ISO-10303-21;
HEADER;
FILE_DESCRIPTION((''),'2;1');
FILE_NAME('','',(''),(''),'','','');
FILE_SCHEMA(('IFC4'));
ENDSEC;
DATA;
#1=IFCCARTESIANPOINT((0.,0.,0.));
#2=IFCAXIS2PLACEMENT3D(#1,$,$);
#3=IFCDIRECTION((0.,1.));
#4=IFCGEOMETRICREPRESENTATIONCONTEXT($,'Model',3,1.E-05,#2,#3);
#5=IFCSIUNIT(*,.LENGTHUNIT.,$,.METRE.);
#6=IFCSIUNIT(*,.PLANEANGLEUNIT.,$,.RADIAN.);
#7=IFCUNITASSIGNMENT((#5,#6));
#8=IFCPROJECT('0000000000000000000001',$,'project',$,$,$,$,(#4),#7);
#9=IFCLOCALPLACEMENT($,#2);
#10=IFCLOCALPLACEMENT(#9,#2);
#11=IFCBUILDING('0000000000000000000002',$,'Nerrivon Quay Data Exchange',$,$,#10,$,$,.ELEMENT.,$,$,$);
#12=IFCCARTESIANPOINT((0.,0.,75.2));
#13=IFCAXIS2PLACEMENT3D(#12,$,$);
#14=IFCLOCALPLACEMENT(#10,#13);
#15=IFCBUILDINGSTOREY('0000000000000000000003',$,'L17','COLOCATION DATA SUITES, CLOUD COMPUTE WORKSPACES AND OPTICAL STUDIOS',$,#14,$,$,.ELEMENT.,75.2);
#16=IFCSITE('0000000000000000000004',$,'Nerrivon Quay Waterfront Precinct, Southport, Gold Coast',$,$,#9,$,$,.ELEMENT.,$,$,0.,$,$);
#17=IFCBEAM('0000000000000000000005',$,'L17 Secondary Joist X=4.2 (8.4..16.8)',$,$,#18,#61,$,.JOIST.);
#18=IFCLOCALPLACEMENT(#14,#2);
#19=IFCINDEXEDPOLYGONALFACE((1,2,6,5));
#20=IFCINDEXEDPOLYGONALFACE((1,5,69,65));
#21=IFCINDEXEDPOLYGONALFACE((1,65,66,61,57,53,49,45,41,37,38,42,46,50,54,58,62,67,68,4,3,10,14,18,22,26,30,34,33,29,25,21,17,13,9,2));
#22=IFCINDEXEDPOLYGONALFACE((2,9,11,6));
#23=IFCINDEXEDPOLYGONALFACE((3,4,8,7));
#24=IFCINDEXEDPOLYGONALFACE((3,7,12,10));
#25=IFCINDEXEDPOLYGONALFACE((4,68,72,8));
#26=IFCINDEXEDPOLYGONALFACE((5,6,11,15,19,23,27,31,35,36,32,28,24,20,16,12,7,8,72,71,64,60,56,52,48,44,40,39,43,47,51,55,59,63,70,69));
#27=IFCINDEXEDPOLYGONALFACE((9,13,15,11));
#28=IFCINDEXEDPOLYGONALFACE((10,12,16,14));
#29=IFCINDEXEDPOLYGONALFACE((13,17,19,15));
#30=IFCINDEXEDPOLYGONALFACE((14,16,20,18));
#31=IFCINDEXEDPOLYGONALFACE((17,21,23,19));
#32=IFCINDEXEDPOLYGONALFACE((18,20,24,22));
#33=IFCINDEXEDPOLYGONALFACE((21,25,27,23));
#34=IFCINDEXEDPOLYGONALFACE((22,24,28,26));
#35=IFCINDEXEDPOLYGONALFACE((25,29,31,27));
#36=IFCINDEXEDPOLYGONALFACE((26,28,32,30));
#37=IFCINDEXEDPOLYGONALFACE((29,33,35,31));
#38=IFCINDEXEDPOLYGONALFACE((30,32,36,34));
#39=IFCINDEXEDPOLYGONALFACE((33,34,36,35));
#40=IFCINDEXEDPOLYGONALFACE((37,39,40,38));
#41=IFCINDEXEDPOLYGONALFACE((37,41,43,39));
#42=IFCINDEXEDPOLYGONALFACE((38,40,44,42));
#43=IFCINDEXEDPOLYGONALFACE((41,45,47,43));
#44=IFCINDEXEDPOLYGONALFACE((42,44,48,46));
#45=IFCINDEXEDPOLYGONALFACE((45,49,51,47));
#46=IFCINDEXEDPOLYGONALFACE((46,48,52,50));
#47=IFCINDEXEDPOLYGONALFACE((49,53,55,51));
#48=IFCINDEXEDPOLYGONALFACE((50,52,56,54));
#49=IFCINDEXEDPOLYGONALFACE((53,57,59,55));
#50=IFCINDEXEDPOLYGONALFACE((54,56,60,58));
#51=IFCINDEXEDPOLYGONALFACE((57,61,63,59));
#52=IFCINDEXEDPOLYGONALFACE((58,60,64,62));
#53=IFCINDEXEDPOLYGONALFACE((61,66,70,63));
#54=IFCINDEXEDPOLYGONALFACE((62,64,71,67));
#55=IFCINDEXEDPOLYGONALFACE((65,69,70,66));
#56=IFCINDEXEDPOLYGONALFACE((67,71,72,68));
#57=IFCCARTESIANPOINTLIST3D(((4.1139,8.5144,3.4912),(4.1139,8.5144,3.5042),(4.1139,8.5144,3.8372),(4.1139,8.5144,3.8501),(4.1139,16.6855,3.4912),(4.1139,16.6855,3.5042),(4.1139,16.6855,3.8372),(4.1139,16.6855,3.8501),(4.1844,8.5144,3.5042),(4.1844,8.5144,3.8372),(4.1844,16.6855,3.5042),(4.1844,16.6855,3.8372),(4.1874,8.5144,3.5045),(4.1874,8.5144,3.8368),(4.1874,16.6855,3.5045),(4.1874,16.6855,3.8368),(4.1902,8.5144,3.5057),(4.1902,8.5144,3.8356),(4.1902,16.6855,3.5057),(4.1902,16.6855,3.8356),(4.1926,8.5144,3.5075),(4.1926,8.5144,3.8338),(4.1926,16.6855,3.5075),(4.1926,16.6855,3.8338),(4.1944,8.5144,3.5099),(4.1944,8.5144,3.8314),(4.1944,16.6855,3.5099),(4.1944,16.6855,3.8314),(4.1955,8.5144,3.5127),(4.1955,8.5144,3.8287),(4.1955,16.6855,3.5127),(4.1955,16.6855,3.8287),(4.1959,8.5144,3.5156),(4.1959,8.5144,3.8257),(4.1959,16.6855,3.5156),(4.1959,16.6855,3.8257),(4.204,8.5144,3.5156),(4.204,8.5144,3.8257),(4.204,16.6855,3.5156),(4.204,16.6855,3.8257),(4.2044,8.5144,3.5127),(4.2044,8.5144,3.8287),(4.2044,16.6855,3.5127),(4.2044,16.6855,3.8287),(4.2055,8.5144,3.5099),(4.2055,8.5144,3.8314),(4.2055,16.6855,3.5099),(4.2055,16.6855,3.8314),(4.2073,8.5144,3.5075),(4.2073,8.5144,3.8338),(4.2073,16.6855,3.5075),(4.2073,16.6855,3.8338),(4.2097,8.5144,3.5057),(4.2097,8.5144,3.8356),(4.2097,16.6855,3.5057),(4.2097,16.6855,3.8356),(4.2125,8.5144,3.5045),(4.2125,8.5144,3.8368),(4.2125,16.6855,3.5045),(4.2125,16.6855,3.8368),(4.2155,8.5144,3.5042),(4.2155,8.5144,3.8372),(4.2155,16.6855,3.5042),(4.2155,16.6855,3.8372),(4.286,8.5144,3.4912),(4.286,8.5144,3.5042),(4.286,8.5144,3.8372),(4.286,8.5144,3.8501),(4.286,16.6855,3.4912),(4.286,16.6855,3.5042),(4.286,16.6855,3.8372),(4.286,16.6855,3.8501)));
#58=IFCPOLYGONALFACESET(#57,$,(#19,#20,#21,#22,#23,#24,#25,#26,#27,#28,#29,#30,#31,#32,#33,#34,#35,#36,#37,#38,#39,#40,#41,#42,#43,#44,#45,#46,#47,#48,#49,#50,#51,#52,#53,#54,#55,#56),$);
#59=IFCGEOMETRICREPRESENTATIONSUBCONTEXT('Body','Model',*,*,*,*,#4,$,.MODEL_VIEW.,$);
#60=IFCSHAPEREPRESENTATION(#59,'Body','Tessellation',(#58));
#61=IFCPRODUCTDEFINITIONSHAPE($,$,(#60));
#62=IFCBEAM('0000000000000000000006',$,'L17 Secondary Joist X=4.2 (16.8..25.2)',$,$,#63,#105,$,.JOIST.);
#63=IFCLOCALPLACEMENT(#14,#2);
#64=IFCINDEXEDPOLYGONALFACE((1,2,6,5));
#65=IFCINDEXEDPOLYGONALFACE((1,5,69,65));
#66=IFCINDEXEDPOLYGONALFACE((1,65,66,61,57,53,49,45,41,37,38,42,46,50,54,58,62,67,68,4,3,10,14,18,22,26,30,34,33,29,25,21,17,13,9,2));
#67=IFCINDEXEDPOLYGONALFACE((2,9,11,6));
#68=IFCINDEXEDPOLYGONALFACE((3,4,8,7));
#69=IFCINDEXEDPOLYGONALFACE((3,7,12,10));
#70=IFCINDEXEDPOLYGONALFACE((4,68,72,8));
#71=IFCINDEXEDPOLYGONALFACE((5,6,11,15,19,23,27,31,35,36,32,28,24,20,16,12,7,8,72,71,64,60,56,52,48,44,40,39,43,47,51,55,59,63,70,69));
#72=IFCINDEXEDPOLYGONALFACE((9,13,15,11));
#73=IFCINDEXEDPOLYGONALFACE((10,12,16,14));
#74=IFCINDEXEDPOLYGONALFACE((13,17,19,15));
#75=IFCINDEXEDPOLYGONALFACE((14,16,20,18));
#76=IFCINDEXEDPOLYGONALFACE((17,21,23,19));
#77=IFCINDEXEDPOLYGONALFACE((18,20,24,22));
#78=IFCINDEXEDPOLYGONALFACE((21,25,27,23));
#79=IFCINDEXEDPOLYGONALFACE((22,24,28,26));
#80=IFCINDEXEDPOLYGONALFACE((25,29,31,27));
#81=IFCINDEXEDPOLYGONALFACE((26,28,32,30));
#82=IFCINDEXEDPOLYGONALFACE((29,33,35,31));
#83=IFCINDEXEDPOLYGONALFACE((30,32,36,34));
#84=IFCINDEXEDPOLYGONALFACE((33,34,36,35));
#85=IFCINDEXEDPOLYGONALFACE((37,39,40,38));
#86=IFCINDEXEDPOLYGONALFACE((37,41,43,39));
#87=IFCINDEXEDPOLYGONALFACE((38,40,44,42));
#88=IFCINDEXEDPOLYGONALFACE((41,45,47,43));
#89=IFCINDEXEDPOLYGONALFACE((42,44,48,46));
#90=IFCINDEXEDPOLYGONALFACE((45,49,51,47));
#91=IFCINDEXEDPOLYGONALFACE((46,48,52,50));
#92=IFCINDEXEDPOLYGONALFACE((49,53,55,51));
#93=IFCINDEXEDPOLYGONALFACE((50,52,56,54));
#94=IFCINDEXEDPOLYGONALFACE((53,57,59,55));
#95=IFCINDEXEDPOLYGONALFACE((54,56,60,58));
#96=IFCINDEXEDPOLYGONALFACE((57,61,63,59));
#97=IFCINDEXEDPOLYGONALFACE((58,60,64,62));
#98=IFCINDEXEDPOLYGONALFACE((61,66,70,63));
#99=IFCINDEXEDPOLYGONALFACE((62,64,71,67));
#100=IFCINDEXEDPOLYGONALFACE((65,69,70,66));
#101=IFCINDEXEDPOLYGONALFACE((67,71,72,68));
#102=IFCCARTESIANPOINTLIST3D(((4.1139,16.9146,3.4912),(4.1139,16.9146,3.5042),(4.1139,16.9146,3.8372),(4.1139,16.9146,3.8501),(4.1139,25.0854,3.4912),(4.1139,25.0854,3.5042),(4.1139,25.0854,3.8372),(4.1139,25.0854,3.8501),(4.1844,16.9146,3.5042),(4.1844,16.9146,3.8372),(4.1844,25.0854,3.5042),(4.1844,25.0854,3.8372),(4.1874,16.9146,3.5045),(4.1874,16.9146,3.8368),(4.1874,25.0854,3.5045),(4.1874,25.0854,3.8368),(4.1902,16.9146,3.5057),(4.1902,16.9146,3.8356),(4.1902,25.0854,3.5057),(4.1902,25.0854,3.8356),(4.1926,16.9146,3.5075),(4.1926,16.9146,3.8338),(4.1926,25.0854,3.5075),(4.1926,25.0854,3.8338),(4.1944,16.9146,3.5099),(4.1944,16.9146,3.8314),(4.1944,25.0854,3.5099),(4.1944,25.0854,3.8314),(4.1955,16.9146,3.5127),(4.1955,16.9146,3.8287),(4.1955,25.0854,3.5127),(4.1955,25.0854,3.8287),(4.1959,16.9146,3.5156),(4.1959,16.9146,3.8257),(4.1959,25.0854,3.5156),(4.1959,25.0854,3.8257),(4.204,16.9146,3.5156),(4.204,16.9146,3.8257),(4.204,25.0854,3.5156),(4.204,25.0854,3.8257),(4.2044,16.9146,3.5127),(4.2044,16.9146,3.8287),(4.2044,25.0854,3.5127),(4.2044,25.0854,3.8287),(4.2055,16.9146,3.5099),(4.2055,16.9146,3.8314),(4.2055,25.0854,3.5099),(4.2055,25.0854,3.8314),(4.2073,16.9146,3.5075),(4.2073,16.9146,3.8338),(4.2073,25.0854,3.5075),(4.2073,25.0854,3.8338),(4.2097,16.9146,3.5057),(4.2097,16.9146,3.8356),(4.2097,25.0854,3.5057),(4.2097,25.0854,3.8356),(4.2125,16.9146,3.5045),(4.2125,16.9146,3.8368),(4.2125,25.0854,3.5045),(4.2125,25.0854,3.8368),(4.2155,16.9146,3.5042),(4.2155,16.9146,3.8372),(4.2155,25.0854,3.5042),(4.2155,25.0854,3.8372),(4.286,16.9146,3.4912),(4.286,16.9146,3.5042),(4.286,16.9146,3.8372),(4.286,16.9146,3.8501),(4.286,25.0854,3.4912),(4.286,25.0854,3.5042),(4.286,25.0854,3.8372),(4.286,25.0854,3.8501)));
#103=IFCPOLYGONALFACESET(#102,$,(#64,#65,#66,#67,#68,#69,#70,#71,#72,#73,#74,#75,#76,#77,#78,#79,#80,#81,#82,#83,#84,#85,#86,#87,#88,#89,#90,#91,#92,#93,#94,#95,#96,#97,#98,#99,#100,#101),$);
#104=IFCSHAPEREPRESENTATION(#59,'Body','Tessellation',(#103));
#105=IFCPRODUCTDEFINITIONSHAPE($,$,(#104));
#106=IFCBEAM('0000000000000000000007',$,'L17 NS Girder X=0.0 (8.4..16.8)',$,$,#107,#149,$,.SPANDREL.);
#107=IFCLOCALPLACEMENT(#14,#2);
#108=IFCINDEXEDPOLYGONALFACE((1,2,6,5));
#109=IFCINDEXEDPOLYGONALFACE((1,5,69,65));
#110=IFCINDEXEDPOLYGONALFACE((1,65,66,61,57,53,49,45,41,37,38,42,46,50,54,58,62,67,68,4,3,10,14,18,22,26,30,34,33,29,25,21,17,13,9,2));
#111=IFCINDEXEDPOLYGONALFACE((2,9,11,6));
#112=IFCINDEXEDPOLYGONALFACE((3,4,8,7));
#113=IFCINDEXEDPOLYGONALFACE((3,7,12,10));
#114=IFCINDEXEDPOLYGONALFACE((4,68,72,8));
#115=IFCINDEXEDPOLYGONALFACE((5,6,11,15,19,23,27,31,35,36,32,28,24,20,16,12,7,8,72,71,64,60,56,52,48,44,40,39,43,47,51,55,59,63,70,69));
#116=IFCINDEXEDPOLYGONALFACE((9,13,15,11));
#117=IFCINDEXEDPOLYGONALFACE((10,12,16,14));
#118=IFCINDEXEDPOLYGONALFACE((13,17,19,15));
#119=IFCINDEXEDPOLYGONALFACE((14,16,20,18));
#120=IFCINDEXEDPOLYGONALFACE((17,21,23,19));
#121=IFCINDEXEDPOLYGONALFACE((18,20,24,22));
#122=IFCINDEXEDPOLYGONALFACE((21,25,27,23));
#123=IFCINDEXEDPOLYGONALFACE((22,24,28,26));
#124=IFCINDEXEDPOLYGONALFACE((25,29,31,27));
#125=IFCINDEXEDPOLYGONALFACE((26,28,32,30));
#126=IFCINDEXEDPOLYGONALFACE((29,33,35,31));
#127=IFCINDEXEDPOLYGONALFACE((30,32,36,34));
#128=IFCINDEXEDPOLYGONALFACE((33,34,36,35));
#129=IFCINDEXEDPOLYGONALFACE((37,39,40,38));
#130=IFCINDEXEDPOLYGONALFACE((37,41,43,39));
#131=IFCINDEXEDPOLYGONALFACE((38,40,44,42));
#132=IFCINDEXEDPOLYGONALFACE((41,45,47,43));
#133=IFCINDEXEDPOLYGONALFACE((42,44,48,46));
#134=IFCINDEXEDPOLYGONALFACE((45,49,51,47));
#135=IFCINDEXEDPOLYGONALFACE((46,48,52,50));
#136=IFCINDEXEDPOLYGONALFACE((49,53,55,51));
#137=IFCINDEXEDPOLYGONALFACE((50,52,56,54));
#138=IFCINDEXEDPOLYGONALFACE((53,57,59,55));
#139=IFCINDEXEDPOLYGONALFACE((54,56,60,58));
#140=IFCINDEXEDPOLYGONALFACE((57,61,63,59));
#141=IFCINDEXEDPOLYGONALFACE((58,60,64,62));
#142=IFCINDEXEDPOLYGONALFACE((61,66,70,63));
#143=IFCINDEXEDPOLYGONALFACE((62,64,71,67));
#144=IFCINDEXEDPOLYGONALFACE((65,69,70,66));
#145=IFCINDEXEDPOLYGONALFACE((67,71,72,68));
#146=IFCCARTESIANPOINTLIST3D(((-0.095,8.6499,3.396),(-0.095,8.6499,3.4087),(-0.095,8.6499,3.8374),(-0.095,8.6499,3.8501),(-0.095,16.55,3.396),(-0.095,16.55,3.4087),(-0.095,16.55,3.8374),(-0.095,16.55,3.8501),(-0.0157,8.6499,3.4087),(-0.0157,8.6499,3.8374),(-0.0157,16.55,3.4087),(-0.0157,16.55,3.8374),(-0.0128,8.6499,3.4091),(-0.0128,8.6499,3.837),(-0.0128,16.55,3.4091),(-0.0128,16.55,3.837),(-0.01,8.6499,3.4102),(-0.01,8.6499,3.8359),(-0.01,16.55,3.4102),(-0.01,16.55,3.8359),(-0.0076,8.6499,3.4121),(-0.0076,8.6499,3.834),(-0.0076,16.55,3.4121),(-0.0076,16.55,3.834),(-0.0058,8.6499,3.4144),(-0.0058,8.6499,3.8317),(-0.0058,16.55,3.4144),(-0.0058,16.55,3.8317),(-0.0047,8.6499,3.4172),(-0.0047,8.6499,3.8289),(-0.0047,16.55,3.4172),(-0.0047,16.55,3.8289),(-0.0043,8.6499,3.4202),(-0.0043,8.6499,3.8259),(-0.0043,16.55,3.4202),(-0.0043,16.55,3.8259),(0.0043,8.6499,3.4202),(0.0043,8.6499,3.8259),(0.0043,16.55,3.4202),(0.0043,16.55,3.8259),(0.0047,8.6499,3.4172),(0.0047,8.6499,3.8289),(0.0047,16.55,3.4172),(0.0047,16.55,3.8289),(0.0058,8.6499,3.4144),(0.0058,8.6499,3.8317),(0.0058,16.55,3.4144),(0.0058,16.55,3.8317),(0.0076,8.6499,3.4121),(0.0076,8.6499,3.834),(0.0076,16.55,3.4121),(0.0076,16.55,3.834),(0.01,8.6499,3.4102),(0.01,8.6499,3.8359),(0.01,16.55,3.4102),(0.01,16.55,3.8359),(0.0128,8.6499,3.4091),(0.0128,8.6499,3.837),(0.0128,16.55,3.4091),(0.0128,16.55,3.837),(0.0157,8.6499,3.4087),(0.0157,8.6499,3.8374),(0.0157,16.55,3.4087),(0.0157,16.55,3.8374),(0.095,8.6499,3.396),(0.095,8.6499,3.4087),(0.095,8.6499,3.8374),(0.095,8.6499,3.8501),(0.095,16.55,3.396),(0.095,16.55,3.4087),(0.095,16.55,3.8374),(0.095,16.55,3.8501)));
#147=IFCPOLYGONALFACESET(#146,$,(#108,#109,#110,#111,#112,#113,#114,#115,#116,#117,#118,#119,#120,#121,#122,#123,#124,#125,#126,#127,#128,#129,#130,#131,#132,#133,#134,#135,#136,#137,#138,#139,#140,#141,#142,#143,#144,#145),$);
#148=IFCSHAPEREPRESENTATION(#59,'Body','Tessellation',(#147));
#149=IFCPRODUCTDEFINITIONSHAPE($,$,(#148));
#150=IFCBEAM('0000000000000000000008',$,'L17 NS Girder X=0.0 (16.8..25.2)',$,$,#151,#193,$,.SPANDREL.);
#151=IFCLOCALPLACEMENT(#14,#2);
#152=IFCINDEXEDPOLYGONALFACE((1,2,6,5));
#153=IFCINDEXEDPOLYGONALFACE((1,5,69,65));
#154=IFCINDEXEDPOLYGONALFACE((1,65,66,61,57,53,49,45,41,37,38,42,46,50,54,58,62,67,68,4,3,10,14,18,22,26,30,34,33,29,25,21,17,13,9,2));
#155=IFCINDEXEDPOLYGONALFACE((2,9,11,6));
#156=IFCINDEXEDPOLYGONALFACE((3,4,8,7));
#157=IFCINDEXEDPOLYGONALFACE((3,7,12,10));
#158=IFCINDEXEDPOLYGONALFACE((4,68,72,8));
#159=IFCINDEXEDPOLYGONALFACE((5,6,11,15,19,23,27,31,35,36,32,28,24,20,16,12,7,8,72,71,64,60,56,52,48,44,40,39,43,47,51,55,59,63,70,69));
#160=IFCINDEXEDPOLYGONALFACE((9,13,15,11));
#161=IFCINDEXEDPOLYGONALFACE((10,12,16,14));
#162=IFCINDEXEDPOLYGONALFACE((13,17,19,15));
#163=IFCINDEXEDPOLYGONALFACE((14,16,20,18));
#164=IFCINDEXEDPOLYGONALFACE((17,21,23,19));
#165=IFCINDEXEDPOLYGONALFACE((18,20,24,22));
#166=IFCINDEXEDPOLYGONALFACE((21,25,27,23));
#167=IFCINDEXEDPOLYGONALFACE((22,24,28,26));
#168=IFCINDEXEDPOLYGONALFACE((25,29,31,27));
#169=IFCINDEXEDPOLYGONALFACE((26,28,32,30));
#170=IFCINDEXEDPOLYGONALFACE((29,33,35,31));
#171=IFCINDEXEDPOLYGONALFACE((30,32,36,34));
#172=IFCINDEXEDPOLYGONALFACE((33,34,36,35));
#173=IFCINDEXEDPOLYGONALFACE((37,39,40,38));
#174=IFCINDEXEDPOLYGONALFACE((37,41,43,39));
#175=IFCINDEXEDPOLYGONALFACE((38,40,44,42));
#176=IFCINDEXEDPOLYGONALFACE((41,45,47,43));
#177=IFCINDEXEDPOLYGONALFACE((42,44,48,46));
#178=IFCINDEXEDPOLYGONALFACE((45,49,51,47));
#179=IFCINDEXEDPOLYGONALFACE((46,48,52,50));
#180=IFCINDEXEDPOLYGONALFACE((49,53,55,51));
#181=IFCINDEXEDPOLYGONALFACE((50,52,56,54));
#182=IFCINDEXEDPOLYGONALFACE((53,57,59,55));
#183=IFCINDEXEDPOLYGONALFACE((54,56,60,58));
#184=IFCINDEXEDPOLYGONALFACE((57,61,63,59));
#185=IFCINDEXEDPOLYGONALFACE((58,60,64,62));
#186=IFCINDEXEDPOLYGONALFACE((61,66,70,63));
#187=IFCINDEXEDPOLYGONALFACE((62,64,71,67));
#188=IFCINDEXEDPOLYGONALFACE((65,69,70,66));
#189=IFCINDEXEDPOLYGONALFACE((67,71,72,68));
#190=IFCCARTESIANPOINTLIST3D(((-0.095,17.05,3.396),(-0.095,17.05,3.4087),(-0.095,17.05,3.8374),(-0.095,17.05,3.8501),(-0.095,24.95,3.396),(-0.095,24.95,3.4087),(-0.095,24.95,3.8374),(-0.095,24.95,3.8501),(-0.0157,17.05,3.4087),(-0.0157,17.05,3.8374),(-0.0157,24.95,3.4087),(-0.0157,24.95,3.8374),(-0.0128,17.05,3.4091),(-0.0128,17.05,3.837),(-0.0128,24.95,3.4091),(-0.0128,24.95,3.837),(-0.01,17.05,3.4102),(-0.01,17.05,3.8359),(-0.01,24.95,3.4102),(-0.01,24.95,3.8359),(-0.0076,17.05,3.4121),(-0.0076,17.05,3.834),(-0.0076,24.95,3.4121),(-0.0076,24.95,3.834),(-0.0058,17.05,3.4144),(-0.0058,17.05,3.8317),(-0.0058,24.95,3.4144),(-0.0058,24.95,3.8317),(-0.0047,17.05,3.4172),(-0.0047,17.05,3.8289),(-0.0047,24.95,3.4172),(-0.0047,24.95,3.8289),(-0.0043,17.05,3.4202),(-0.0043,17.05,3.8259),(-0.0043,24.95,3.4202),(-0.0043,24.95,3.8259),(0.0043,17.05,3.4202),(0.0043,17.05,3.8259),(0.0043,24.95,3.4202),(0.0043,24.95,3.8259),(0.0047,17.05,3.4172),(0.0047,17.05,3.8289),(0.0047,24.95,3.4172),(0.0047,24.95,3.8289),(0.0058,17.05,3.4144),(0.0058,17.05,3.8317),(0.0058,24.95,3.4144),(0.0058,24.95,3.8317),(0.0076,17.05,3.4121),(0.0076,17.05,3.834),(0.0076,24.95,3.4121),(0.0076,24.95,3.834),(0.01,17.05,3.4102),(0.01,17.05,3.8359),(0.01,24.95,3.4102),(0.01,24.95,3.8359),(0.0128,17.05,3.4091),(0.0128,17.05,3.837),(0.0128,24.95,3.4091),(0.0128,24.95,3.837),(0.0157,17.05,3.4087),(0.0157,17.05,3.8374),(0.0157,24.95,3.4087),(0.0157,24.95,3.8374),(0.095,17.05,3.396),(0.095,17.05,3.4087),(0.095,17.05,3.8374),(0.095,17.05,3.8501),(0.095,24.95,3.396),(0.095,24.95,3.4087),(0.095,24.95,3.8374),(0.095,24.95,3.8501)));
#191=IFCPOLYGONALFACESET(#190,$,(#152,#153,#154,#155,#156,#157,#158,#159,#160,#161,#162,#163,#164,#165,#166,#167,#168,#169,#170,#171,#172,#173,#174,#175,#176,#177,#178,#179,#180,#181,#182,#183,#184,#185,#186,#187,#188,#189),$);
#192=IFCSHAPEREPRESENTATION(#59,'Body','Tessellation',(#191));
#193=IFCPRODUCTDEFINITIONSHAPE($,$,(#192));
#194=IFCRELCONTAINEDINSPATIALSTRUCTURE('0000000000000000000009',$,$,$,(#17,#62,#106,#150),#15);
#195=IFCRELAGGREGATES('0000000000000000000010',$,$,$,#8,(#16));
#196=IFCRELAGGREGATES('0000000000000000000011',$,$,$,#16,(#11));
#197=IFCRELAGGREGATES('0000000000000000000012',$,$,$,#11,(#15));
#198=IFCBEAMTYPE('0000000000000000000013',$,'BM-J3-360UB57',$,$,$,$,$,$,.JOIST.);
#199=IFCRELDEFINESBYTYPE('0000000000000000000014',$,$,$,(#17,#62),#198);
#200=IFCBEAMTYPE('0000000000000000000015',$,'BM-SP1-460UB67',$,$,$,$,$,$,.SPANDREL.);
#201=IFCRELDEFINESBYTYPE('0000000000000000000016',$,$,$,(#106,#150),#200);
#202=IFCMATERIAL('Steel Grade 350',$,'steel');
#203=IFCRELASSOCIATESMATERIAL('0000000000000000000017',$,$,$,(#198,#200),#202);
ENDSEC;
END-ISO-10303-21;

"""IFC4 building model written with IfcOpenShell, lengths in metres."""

from ifc_helpers import new_model, si_unit, direction, frame, origin, origin_2d, place, context, subcontext, project, spatial, i_section, extrude, material, material_profile, profile_set, type_object, element, save


model = new_model("IFC4")

# Units and contexts
model_context = context("Model", 3, precision=1e-05, world=origin(), true_north=direction((0.0, 1.0)))
body_context = subcontext(model_context, "Body", "Model", "MODEL_VIEW")
ifc_project = project(units=[si_unit("LENGTHUNIT", "METRE"), si_unit("PLANEANGLEUNIT", "RADIAN")], contexts=[model_context])

# Site, building, storey
site_placement = place(None, origin())
site = spatial("IfcSite", under=ifc_project, at=site_placement, Name="Nerrivon Quay Waterfront Precinct, Southport, Gold Coast", CompositionType="ELEMENT", RefElevation=0.0)
building_placement = place(site_placement, origin())
building = spatial("IfcBuilding", under=site, at=building_placement, Name="Nerrivon Quay Data Exchange", CompositionType="ELEMENT")
storey_placement = place(building_placement, frame((0.0, 0.0, 75.2)))
storey = spatial("IfcBuildingStorey", under=building, at=storey_placement, Name="L17", Description="COLOCATION DATA SUITES, CLOUD COMPUTE WORKSPACES AND OPTICAL STUDIOS", CompositionType="ELEMENT", Elevation=75.2)

# Shared definitions
ifc_material_1 = material(Name="Steel Grade 350", Category="steel")

# Beams
ifc_material_profile_1 = material_profile(ifc_material_1, i_section(OverallWidth=0.1721, OverallDepth=0.3589, WebThickness=0.0081, FlangeThickness=0.0129, FilletRadius=0.0115, at=origin_2d()), Name="360UB56.7")
ifc_profile_set_1 = profile_set([ifc_material_profile_1], Name="Steel Grade 350")
beam_type_1 = type_object("IfcBeamType", Name="BM-J3-360UB57", PredefinedType="JOIST", material=ifc_profile_set_1)
beam_1_placement = place(storey_placement, frame((4.2, 8.5144, 3.6707), z_axis=(0.0, 1.0, 0.0), x_axis=(-1.0, 0.0, 0.0)))
element("IfcBeam", 1, at=beam_1_placement, inside=storey, type_object=beam_type_1, Name="L17 Secondary Joist X=4.2 (8.4..16.8)", PredefinedType="JOIST", context=body_context, shape_type="SweptSolid", body=[
    extrude(i_section(OverallWidth=0.1721, OverallDepth=0.3589, WebThickness=0.0081, FlangeThickness=0.0129, FilletRadius=0.0115, at=origin_2d()), origin(), (0.0, 0.0, 1.0), 8.1711),
])
beam_2_placement = place(storey_placement, frame((4.2, 16.9146, 3.6707), z_axis=(0.0, 1.0, 0.0), x_axis=(-1.0, 0.0, 0.0)))
element("IfcBeam", 2, at=beam_2_placement, inside=storey, type_object=beam_type_1, Name="L17 Secondary Joist X=4.2 (16.8..25.2)", PredefinedType="JOIST", context=body_context, shape_type="SweptSolid", body=[
    extrude(i_section(OverallWidth=0.1721, OverallDepth=0.3589, WebThickness=0.0081, FlangeThickness=0.0129, FilletRadius=0.0115, at=origin_2d()), origin(), (0.0, 0.0, 1.0), 8.1709),
])
ifc_material_profile_2 = material_profile(ifc_material_1, i_section(OverallWidth=0.1899, OverallDepth=0.4541, WebThickness=0.0085, FlangeThickness=0.0127, FilletRadius=0.0115, at=origin_2d()), Name="460UB67.1")
ifc_profile_set_2 = profile_set([ifc_material_profile_2], Name="Steel Grade 350")
beam_type_2 = type_object("IfcBeamType", Name="BM-SP1-460UB67", PredefinedType="SPANDREL", material=ifc_profile_set_2)
beam_3_placement = place(storey_placement, frame((0.0, 8.6499, 3.623), z_axis=(0.0, 1.0, 0.0), x_axis=(-1.0, 0.0, 0.0)))
element("IfcBeam", 3, at=beam_3_placement, inside=storey, type_object=beam_type_2, Name="L17 NS Girder X=0.0 (8.4..16.8)", PredefinedType="SPANDREL", context=body_context, shape_type="SweptSolid", body=[
    extrude(i_section(OverallWidth=0.1899, OverallDepth=0.4541, WebThickness=0.0085, FlangeThickness=0.0127, FilletRadius=0.0115, at=origin_2d()), origin(), (0.0, 0.0, 1.0), 7.9001),
])
beam_4_placement = place(storey_placement, frame((0.0, 17.05, 3.623), z_axis=(0.0, 1.0, 0.0), x_axis=(-1.0, 0.0, 0.0)))
element("IfcBeam", 4, at=beam_4_placement, inside=storey, type_object=beam_type_2, Name="L17 NS Girder X=0.0 (16.8..25.2)", PredefinedType="SPANDREL", context=body_context, shape_type="SweptSolid", body=[
    extrude(i_section(OverallWidth=0.1899, OverallDepth=0.4541, WebThickness=0.0085, FlangeThickness=0.0127, FilletRadius=0.0115, at=origin_2d()), origin(), (0.0, 0.0, 1.0), 7.8999),
])

save(model, "model.ifc")
